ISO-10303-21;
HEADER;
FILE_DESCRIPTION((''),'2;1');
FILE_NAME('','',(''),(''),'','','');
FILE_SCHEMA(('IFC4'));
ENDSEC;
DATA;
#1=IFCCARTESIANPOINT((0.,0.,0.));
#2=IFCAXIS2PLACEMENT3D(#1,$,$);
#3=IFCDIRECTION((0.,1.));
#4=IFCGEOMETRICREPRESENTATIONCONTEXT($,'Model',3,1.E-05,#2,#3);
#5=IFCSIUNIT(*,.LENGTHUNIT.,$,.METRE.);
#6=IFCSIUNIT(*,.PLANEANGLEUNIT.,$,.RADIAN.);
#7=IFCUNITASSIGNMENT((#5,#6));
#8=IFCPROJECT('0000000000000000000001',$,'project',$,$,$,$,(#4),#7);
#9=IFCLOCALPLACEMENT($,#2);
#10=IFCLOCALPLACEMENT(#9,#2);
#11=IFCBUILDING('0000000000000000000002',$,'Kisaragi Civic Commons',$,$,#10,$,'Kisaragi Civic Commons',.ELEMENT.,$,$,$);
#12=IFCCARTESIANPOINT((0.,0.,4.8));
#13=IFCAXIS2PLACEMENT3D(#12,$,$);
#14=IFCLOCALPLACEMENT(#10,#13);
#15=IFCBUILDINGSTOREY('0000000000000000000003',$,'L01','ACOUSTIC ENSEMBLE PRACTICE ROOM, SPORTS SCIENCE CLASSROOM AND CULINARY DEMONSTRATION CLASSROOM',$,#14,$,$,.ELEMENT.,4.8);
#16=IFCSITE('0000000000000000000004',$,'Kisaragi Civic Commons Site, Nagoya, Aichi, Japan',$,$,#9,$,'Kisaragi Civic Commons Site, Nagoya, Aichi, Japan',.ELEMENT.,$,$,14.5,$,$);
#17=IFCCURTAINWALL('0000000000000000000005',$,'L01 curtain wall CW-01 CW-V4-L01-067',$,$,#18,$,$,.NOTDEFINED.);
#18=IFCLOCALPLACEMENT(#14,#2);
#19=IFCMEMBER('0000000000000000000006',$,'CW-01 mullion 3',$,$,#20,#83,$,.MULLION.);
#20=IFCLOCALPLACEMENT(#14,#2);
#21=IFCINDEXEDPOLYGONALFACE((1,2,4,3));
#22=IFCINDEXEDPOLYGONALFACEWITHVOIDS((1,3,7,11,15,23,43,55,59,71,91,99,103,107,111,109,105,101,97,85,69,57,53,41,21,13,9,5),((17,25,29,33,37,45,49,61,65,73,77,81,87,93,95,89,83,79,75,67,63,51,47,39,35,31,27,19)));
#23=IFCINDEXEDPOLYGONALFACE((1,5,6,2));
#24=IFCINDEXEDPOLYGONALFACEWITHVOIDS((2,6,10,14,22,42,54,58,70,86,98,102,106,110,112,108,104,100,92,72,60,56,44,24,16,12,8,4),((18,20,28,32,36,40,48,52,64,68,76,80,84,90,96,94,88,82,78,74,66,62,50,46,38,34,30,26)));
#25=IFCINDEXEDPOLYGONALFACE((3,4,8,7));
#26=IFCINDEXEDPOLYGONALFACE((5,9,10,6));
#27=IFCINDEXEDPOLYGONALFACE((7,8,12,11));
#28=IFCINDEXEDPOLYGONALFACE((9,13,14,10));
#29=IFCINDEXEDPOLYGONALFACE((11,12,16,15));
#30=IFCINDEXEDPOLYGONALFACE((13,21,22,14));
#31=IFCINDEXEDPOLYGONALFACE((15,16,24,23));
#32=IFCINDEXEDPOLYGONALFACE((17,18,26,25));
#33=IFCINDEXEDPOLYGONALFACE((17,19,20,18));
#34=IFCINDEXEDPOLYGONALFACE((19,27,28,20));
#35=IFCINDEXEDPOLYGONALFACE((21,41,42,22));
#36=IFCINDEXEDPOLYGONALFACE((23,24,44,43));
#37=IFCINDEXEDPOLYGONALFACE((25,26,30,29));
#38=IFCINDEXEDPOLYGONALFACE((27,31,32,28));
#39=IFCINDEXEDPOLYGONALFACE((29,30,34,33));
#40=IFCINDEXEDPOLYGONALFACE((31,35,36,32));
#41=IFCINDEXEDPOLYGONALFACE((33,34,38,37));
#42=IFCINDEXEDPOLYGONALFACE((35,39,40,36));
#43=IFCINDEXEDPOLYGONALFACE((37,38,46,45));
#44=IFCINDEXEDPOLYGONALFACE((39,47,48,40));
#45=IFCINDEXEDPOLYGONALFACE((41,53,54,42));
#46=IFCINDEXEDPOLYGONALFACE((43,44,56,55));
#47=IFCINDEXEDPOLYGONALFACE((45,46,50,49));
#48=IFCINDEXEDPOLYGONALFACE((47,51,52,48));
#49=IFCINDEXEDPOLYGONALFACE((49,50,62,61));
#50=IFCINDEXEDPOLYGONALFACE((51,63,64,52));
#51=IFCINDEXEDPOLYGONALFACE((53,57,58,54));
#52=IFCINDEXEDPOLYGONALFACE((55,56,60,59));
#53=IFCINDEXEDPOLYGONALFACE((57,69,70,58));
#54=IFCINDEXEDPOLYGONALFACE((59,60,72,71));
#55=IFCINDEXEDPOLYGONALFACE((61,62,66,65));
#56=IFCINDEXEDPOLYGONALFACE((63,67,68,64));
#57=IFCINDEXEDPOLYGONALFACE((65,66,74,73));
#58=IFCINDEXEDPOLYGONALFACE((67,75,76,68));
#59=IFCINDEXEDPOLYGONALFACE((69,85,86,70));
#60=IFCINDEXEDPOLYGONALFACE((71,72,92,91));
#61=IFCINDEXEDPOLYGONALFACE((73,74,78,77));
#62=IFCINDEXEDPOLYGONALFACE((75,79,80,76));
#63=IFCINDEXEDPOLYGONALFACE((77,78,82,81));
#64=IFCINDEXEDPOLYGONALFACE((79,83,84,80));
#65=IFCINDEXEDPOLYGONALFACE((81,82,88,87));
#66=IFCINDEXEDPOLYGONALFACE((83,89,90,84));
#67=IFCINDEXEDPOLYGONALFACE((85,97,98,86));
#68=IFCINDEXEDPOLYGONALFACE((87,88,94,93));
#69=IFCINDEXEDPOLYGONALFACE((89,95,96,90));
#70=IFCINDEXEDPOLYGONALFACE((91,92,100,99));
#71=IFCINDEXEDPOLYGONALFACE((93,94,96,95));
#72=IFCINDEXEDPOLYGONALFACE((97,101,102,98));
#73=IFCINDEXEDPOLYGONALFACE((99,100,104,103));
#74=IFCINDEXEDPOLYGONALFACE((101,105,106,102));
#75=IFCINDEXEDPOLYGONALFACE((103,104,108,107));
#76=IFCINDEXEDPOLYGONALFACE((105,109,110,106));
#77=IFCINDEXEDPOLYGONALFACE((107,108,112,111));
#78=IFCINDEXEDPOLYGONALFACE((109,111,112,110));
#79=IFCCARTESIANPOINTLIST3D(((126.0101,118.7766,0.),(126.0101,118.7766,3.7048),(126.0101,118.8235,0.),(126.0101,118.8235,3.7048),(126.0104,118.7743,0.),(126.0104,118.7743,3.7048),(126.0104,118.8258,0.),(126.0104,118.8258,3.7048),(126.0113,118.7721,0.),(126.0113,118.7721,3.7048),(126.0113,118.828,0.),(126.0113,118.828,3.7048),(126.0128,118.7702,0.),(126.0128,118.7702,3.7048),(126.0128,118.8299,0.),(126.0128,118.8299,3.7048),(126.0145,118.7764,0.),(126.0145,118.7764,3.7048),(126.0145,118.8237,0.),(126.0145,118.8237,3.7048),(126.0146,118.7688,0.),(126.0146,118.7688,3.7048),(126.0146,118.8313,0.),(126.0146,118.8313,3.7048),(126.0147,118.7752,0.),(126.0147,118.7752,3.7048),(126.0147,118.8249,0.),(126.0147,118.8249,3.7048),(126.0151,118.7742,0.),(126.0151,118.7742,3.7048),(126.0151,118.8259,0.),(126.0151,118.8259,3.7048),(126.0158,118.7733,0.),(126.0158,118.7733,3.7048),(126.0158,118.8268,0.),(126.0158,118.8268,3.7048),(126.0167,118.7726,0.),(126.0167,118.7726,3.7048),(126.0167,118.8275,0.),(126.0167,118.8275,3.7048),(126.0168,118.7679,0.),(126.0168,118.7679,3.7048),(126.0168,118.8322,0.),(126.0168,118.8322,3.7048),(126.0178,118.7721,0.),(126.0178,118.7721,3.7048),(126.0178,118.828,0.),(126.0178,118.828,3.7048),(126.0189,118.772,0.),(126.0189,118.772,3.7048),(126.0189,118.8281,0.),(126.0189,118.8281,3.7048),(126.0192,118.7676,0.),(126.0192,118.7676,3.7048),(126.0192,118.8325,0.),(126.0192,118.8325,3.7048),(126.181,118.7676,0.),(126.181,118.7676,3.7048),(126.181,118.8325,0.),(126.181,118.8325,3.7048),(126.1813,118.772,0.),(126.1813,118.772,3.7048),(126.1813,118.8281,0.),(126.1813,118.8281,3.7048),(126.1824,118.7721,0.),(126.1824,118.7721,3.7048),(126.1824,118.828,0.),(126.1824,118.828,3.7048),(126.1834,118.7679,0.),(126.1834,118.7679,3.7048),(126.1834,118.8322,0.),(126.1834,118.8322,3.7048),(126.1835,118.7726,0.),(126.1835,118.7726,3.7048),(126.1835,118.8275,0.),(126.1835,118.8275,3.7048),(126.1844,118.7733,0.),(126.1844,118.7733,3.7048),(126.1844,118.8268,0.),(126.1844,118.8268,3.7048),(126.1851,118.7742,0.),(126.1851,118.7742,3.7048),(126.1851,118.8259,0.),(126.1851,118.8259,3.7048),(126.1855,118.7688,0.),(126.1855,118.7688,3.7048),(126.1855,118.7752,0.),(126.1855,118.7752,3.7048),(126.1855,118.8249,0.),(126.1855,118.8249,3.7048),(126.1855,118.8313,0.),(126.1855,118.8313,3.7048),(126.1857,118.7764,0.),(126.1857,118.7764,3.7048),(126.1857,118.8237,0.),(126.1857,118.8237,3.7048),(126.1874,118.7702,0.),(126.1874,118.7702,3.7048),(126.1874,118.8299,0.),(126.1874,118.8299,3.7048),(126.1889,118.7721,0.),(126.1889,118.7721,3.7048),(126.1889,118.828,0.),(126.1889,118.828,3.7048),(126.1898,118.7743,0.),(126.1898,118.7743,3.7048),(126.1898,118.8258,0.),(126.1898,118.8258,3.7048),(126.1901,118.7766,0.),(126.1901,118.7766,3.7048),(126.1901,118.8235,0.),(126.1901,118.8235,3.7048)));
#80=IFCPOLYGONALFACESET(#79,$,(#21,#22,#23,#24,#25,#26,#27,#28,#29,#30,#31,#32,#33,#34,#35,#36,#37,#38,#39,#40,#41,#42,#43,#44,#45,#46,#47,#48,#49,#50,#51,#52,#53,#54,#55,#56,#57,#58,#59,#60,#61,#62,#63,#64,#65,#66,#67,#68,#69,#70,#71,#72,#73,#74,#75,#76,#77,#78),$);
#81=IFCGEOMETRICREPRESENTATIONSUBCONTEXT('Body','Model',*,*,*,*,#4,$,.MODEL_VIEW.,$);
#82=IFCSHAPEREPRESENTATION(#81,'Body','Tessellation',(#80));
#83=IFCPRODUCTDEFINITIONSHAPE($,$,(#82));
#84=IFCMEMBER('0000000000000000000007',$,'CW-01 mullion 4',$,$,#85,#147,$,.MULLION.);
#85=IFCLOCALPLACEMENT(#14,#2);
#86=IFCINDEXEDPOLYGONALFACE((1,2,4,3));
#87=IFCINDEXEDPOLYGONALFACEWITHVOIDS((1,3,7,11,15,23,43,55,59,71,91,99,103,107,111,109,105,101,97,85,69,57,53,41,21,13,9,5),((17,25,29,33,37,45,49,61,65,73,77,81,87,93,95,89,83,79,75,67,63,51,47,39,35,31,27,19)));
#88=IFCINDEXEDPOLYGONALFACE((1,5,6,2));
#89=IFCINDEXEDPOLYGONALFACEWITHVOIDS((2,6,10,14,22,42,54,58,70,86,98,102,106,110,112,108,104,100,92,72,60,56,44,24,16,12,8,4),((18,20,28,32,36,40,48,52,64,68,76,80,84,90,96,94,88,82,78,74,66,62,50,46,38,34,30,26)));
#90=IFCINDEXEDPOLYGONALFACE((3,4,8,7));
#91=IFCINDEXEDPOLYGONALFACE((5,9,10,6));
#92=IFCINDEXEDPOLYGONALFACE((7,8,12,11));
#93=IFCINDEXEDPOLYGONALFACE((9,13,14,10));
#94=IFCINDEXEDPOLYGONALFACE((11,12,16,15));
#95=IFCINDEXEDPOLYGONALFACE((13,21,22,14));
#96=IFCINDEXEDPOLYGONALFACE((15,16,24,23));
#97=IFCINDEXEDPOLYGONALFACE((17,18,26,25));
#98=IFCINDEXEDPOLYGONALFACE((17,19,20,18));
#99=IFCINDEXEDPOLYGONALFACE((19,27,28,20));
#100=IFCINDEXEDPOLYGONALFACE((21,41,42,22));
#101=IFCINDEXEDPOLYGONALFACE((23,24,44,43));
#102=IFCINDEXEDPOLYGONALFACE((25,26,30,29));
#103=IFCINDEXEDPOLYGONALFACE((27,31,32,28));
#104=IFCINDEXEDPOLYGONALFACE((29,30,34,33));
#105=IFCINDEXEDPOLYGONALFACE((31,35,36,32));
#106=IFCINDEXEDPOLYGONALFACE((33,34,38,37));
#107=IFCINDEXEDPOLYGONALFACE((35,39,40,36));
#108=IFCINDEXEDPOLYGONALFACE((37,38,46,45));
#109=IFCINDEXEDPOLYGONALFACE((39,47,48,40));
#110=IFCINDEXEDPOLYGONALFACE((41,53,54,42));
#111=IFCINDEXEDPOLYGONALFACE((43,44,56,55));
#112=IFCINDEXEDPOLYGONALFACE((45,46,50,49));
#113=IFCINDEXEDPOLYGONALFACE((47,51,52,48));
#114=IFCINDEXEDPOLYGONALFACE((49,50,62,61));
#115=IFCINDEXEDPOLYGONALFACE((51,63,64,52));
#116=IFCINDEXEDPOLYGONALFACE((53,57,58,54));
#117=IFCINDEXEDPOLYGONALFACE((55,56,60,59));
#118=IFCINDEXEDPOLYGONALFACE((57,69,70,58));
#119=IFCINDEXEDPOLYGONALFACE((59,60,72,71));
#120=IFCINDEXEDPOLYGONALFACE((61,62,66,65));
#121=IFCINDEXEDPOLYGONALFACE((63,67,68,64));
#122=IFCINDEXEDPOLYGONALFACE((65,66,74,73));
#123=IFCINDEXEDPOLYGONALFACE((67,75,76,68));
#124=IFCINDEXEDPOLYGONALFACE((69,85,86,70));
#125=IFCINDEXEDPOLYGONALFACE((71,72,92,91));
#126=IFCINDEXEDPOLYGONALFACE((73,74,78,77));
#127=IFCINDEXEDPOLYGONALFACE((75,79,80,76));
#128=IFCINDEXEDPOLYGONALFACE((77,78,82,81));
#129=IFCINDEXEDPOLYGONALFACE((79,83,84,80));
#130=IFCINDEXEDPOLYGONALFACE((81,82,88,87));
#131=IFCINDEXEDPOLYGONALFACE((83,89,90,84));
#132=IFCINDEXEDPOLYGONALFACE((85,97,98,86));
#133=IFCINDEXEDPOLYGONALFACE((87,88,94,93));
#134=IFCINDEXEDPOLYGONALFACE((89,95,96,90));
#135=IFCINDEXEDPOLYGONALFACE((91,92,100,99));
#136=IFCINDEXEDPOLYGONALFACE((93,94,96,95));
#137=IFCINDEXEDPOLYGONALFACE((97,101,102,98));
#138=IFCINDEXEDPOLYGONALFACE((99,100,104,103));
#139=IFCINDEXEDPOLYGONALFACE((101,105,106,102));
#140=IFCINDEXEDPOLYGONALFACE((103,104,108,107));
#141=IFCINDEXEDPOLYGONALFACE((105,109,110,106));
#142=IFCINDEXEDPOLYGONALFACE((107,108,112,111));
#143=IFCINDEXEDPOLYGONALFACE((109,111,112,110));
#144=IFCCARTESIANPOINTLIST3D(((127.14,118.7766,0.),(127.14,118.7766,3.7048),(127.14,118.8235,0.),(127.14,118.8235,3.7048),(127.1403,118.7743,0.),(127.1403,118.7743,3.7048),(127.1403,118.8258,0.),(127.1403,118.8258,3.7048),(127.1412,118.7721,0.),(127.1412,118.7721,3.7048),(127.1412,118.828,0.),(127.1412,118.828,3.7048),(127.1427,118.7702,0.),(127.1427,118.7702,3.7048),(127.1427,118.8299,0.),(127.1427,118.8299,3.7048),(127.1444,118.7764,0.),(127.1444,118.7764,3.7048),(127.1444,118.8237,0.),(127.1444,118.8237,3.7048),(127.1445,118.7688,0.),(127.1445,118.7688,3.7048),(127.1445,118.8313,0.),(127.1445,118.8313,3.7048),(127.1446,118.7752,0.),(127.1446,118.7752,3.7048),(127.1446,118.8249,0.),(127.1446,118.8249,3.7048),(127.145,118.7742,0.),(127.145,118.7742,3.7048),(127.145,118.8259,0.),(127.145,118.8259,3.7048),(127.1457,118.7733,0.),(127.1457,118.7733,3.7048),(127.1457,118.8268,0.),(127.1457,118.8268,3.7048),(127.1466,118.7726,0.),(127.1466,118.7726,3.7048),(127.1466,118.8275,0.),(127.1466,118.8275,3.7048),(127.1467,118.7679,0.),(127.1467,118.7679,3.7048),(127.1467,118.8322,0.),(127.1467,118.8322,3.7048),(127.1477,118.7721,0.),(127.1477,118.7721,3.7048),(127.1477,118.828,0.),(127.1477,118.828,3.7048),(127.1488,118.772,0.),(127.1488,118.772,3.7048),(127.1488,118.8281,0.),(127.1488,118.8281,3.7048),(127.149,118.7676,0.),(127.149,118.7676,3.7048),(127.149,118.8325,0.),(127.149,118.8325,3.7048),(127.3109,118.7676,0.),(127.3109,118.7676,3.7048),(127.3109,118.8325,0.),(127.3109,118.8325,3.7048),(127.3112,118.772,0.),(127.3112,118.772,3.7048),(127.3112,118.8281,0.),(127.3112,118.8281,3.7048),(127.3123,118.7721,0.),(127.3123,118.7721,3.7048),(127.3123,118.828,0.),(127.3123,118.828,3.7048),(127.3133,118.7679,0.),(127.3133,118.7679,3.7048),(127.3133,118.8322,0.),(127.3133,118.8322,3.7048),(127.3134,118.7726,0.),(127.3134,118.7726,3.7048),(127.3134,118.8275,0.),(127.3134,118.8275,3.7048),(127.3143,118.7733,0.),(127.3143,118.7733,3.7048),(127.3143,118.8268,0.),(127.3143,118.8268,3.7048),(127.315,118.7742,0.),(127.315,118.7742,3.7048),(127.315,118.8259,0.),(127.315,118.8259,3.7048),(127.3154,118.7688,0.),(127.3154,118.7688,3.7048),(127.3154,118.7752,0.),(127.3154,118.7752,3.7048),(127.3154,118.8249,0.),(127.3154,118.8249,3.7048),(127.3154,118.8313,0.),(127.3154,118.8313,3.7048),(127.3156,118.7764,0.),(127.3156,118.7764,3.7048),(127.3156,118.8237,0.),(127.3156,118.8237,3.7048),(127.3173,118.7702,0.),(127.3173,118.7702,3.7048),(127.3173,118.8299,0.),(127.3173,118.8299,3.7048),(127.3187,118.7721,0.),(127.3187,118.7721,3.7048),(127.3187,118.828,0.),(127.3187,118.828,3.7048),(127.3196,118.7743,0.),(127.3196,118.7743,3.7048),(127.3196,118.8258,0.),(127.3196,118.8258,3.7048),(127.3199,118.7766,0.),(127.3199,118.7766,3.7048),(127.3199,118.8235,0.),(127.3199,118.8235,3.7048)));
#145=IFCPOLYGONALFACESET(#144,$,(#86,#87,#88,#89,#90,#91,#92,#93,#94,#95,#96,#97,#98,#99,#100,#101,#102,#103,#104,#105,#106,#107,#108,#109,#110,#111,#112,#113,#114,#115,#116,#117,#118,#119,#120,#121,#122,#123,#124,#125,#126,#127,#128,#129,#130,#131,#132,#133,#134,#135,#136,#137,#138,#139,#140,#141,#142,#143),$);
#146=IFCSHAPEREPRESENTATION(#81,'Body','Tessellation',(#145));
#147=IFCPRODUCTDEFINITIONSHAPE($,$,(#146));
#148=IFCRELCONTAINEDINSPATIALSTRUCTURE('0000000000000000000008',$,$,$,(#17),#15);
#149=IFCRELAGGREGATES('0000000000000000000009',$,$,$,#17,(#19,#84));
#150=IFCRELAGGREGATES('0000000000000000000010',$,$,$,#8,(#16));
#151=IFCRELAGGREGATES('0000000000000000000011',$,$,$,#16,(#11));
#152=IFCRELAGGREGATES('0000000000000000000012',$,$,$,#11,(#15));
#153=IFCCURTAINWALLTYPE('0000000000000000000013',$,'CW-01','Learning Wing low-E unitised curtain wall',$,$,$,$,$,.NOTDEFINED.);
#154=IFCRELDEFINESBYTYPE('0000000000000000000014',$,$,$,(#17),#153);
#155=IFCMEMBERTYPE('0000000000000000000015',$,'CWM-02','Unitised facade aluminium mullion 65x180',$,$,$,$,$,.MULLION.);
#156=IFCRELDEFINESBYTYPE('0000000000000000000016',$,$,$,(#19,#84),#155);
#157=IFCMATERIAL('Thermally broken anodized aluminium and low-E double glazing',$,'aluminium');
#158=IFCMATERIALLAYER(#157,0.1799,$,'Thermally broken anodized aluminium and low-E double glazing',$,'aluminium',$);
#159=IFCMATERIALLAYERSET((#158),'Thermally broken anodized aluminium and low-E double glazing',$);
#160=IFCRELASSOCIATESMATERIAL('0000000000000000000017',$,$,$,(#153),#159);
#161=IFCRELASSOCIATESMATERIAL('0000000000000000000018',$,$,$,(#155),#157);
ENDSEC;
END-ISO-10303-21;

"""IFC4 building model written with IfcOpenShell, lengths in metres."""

from ifc_helpers import new_model, si_unit, direction, frame, origin, origin_2d, place, context, subcontext, project, spatial, hollow_rectangle, extrude, material, layer, layer_set, material_profile, profile_set, type_object, element, aggregate, save


model = new_model("IFC4")

# Units and contexts
model_context = context("Model", 3, precision=1e-05, world=origin(), true_north=direction((0.0, 1.0)))
body_context = subcontext(model_context, "Body", "Model", "MODEL_VIEW")
ifc_project = project(units=[si_unit("LENGTHUNIT", "METRE"), si_unit("PLANEANGLEUNIT", "RADIAN")], contexts=[model_context])

# Site, building, storey
site_placement = place(None, origin())
site = spatial("IfcSite", under=ifc_project, at=site_placement, Name="Kisaragi Civic Commons Site, Nagoya, Aichi, Japan", LongName="Kisaragi Civic Commons Site, Nagoya, Aichi, Japan", CompositionType="ELEMENT", RefElevation=14.5)
building_placement = place(site_placement, origin())
building = spatial("IfcBuilding", under=site, at=building_placement, Name="Kisaragi Civic Commons", LongName="Kisaragi Civic Commons", CompositionType="ELEMENT")
storey_placement = place(building_placement, frame((0.0, 0.0, 4.8)))
storey = spatial("IfcBuildingStorey", under=building, at=storey_placement, Name="L01", Description="ACOUSTIC ENSEMBLE PRACTICE ROOM, SPORTS SCIENCE CLASSROOM AND CULINARY DEMONSTRATION CLASSROOM", CompositionType="ELEMENT", Elevation=4.8)

# Curtain wall, members
ifc_material = material(Name="Thermally broken anodized aluminium and low-E double glazing", Category="aluminium")
ifc_layer_1 = layer(ifc_material, 0.1799, Name="Thermally broken anodized aluminium and low-E double glazing", Category="aluminium")
ifc_layer_set_1 = layer_set([ifc_layer_1], Name="Thermally broken anodized aluminium and low-E double glazing")
curtain_wall_type = type_object("IfcCurtainWallType", Name="CW-01", Description="Learning Wing low-E unitised curtain wall", PredefinedType="NOTDEFINED", material=ifc_layer_set_1)
curtain_wall_1_placement = place(storey_placement, origin())
curtain_wall_1 = element("IfcCurtainWall", 1, at=curtain_wall_1_placement, inside=storey, type_object=curtain_wall_type, Name="L01 curtain wall CW-01 CW-V4-L01-067", PredefinedType="NOTDEFINED")
ifc_material_profile_1 = material_profile(ifc_material, hollow_rectangle(XDim=0.0649, YDim=0.1799, WallThickness=0.0044, InnerFilletRadius=0.0044, OuterFilletRadius=0.009, at=origin_2d()), Name="CWM-65x180x4.5", Category="aluminium")
ifc_profile_set_1 = profile_set([ifc_material_profile_1], Name="Thermally broken anodized aluminium and low-E double glazing")
member_type_1 = type_object("IfcMemberType", Name="CWM-02", Description="Unitised facade aluminium mullion 65x180", PredefinedType="MULLION", material=ifc_profile_set_1)
member_1_placement = place(storey_placement, frame((126.1001, 118.8, 0.0), z_axis=(0.0, 0.0, 1.0), x_axis=(0.0, 1.0, 0.0)))
member_1 = element("IfcMember", 2, at=member_1_placement, type_object=member_type_1, Name="CW-01 mullion 3", PredefinedType="MULLION", context=body_context, shape_type="SweptSolid", body=[
    extrude(hollow_rectangle(XDim=0.0649, YDim=0.1799, WallThickness=0.0044, InnerFilletRadius=0.0044, OuterFilletRadius=0.009, at=origin_2d()), origin(), (0.0, 0.0, 1.0), 3.7048),
])
member_2_placement = place(storey_placement, frame((127.23, 118.8, 0.0), z_axis=(0.0, 0.0, 1.0), x_axis=(0.0, 1.0, 0.0)))
member_2 = element("IfcMember", 3, at=member_2_placement, type_object=member_type_1, Name="CW-01 mullion 4", PredefinedType="MULLION", context=body_context, shape_type="SweptSolid", body=[
    extrude(hollow_rectangle(XDim=0.0649, YDim=0.1799, WallThickness=0.0044, InnerFilletRadius=0.0044, OuterFilletRadius=0.009, at=origin_2d()), origin(), (0.0, 0.0, 1.0), 3.7048),
])

aggregate(curtain_wall_1, [member_1, member_2])

save(model, "model.ifc")
